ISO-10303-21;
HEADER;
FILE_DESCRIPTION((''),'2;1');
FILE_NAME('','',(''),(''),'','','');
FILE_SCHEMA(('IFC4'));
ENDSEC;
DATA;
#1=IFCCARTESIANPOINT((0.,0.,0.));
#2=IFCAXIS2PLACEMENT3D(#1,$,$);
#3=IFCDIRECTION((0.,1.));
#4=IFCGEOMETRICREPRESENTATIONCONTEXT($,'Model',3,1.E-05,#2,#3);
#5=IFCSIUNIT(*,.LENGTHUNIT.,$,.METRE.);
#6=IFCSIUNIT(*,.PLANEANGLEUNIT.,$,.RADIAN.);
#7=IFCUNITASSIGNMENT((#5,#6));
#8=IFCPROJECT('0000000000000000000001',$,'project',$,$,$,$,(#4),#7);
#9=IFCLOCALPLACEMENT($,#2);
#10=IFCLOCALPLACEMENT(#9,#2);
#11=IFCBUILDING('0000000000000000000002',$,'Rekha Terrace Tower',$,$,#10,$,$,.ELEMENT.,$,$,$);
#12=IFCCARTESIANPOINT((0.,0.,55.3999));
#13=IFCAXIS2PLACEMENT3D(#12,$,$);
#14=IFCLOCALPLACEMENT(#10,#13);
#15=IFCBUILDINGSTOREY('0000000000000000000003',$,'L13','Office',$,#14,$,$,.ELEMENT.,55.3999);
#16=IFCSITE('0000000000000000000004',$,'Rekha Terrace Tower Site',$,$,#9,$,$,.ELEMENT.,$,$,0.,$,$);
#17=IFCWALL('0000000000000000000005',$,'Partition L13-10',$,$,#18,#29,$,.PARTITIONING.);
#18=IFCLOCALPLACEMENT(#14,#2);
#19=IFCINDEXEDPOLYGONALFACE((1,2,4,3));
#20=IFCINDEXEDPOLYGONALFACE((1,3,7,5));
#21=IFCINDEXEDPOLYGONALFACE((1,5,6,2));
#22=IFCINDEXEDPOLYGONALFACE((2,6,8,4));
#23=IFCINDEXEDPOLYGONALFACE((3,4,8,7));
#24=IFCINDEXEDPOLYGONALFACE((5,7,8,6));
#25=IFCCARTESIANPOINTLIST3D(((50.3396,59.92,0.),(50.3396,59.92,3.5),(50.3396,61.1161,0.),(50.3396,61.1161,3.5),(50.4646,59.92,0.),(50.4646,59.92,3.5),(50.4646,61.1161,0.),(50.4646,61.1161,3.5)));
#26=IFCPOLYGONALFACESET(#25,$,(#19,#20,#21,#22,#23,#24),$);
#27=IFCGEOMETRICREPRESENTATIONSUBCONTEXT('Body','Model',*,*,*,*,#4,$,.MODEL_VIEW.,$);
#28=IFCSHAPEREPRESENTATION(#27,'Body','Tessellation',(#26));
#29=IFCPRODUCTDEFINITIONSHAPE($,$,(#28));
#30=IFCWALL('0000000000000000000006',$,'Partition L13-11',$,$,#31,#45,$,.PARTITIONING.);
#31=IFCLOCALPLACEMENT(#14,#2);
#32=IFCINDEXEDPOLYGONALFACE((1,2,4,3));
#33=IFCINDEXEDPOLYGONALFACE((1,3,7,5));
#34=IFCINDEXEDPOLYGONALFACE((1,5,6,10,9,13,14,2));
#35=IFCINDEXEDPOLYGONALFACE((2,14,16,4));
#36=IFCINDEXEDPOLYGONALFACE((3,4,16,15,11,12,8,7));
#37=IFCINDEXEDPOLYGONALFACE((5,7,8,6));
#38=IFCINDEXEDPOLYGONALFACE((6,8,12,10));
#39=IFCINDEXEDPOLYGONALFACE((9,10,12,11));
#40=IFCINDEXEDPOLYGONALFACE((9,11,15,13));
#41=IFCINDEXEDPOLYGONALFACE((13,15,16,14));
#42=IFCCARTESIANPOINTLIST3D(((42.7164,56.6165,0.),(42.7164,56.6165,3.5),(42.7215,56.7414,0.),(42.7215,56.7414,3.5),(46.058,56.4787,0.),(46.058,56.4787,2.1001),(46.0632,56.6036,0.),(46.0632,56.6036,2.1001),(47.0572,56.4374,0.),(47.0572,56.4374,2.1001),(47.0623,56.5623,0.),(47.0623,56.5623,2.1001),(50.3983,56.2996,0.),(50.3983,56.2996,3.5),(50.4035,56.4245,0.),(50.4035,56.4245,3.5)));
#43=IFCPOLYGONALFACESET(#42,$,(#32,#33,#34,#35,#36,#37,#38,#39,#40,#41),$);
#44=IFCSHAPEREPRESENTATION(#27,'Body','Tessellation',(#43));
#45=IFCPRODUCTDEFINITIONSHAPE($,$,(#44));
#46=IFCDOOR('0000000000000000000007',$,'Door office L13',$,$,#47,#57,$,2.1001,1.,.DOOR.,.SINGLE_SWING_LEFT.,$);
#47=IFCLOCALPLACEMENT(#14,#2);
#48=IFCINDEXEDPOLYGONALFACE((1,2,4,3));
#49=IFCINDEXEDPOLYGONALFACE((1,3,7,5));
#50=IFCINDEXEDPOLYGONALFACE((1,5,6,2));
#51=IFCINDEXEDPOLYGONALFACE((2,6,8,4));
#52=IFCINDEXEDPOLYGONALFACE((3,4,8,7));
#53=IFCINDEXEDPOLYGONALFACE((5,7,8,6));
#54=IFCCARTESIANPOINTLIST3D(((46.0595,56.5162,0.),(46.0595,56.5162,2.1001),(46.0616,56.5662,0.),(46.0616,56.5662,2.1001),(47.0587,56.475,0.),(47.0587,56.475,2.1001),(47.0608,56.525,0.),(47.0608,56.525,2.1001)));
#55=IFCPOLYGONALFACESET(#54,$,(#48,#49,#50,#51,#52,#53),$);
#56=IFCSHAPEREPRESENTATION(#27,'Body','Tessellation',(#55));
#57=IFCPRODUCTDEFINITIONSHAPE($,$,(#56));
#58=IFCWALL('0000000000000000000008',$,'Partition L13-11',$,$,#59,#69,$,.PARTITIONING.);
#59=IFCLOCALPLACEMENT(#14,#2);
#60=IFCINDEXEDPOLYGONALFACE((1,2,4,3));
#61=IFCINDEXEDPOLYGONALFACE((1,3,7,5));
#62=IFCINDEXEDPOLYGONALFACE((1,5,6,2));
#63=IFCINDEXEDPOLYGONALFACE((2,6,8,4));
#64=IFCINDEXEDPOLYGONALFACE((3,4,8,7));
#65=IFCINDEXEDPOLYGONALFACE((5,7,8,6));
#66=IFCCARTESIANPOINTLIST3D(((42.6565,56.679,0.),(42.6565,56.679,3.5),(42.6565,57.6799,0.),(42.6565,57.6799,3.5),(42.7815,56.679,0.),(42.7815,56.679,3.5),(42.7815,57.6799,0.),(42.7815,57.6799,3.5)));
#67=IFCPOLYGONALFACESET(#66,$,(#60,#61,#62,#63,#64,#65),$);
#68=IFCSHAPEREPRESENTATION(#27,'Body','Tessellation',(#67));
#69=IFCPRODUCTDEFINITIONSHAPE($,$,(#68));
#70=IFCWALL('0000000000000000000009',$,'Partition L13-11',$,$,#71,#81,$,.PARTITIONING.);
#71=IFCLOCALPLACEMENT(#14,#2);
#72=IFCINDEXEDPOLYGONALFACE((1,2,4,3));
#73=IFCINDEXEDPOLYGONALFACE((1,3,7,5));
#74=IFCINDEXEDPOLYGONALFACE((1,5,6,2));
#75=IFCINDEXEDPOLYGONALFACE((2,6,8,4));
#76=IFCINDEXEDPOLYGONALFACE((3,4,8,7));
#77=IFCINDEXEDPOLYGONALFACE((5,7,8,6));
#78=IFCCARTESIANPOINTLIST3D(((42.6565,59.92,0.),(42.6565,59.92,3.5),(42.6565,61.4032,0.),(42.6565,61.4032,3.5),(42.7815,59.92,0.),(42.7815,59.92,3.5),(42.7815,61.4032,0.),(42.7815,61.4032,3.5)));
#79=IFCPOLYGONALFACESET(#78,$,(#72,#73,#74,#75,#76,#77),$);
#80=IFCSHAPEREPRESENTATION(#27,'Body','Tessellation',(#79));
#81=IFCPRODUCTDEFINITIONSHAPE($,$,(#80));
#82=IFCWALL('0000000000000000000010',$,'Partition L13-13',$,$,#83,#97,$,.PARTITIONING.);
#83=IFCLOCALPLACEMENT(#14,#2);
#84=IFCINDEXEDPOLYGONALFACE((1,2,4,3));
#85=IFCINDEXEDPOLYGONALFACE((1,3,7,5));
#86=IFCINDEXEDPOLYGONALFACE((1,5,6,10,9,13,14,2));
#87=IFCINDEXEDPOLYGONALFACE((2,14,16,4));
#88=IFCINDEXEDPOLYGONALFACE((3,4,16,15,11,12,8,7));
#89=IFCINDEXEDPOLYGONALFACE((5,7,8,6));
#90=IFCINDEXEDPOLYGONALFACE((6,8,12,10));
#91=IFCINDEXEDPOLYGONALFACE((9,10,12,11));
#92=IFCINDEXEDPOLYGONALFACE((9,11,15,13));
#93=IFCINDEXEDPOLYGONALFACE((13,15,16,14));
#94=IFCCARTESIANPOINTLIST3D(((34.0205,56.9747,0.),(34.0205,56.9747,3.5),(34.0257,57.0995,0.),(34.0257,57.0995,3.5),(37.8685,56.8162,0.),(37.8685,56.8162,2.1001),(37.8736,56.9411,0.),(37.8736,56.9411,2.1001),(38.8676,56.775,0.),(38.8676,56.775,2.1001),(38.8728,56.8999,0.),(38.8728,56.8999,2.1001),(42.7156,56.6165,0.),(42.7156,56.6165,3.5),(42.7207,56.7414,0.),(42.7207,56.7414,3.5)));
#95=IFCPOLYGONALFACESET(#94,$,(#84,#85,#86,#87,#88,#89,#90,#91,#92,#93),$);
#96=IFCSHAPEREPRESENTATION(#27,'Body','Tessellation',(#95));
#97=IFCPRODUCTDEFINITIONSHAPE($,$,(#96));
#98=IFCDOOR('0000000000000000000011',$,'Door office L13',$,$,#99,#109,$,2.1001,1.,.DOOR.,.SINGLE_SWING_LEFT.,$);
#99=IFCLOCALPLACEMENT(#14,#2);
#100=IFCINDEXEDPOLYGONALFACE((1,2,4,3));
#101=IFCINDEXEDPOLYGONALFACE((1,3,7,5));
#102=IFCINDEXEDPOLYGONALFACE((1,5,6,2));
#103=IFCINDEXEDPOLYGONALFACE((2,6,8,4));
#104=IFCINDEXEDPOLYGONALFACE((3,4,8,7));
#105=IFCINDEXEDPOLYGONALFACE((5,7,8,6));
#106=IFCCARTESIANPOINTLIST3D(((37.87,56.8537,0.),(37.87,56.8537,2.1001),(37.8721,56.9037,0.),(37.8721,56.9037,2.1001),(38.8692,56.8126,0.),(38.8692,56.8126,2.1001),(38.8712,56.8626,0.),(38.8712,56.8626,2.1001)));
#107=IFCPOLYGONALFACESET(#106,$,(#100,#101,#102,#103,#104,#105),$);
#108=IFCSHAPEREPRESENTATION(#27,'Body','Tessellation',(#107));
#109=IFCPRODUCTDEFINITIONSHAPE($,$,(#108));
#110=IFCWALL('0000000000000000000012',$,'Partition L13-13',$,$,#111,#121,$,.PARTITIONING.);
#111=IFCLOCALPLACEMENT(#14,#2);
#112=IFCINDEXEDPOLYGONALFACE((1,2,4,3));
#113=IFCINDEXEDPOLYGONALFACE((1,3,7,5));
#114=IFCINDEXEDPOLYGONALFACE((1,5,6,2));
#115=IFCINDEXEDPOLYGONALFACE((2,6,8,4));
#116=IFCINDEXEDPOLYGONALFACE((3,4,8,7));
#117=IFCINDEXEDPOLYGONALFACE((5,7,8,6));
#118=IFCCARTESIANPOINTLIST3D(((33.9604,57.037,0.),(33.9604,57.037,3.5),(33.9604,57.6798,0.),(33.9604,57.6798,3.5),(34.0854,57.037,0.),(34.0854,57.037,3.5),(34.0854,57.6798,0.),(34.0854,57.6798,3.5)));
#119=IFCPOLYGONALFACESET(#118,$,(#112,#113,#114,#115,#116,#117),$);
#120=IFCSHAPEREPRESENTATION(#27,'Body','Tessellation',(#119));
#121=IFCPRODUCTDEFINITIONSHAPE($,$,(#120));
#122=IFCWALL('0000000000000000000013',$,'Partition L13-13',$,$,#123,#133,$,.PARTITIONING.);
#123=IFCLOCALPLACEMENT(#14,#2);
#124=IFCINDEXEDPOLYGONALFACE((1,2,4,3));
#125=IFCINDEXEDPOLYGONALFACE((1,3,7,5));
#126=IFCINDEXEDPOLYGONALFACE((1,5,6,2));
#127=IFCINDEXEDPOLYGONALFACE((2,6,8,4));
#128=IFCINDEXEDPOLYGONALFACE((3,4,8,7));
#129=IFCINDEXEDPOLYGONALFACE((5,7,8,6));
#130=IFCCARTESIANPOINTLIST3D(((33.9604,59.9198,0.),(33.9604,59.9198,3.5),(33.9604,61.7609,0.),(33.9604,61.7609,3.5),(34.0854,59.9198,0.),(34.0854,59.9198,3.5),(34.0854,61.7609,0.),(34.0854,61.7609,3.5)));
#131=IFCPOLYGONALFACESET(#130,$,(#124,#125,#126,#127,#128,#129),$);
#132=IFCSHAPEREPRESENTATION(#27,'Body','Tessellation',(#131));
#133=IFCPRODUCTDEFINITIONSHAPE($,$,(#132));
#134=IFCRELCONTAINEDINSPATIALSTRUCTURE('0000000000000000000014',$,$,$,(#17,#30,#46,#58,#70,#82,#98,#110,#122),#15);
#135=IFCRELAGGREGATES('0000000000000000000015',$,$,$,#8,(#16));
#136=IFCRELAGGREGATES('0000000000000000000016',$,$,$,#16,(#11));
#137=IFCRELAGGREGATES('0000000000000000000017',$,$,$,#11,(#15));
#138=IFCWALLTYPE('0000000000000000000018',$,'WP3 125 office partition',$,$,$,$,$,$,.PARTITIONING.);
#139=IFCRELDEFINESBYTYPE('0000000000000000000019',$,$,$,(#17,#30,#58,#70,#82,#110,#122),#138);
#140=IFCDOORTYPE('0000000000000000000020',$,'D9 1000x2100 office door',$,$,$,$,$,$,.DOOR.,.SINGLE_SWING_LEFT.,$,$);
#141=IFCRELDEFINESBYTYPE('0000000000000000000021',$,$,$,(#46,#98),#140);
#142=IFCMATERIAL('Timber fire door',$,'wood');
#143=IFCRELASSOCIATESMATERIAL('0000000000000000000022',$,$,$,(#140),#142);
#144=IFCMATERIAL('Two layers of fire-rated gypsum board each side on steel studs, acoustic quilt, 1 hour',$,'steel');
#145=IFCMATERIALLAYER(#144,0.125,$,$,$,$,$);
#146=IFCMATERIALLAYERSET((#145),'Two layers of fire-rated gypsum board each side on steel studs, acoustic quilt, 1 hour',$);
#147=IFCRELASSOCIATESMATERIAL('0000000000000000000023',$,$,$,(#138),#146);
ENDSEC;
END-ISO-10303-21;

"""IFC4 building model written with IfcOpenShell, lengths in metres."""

from ifc_helpers import new_model, si_unit, direction, frame, frame_2d, origin, place, context, subcontext, project, spatial, rectangle, extrude, material, layer, layer_set, type_object, element, fill, save


model = new_model("IFC4")

# Units and contexts
model_context = context("Model", 3, precision=1e-05, world=origin(), true_north=direction((0.0, 1.0)))
body_context = subcontext(model_context, "Body", "Model", "MODEL_VIEW")
ifc_project = project(units=[si_unit("LENGTHUNIT", "METRE"), si_unit("PLANEANGLEUNIT", "RADIAN")], contexts=[model_context])

# Site, building, storey
site_placement = place(None, origin())
site = spatial("IfcSite", under=ifc_project, at=site_placement, Name="Rekha Terrace Tower Site", CompositionType="ELEMENT", RefElevation=0.0)
building_placement = place(site_placement, origin())
building = spatial("IfcBuilding", under=site, at=building_placement, Name="Rekha Terrace Tower", CompositionType="ELEMENT")
storey_placement = place(building_placement, frame((0.0, 0.0, 55.3999)))
storey = spatial("IfcBuildingStorey", under=building, at=storey_placement, Name="L13", Description="Office", CompositionType="ELEMENT", Elevation=55.3999)

# Shared definitions
ifc_material_1 = material(Name="Timber fire door", Category="wood")
door_type_1 = type_object("IfcDoorType", Name="D9 1000x2100 office door", OperationType="SINGLE_SWING_LEFT", PredefinedType="DOOR", material=ifc_material_1)

# Wall
ifc_material_2 = material(Name="Two layers of fire-rated gypsum board each side on steel studs, acoustic quilt, 1 hour", Category="steel")
ifc_layer_1 = layer(ifc_material_2, 0.125)
ifc_layer_set_1 = layer_set([ifc_layer_1], Name="Two layers of fire-rated gypsum board each side on steel studs, acoustic quilt, 1 hour")
wall_type_1 = type_object("IfcWallType", Name="WP3 125 office partition", PredefinedType="PARTITIONING", material=ifc_layer_set_1)
wall_1_placement = place(storey_placement, frame((50.4021, 59.9199, 0.0), z_axis=(0.0, 0.0, 1.0), x_axis=(0.0, 1.0, 0.0)))
element("IfcWall", 1, at=wall_1_placement, inside=storey, type_object=wall_type_1, Name="Partition L13-10", PredefinedType="PARTITIONING", context=body_context, shape_type="SweptSolid", body=[
    extrude(rectangle(XDim=1.196, YDim=0.125, at=frame_2d((0.5981, 0.0))), origin(), (0.0, 0.0, 1.0), 3.5),
])

# Wall, opening, door
wall_2_placement = place(storey_placement, frame((50.4009, 56.3621, 0.0), z_axis=(0.0, 0.0, 1.0), x_axis=(-0.99915, 0.041217, 0.0)))
wall_2 = element("IfcWall", 2, at=wall_2_placement, inside=storey, type_object=wall_type_1, Name="Partition L13-11", PredefinedType="PARTITIONING", context=body_context, shape_type="SweptSolid", body=[
    extrude(rectangle(XDim=7.6885, YDim=0.125, at=frame_2d((3.8442, 0.0))), origin(), (0.0, 0.0, 1.0), 3.5),
])
opening_1_placement = place(wall_2_placement, frame((3.344, 0.0, 0.0)))
opening_1 = element("IfcOpeningElement", 3, at=opening_1_placement, cuts=wall_2, PredefinedType="OPENING", context=body_context, shape_type="SweptSolid", body=[
    extrude(rectangle(XDim=1.0, YDim=2.1001, at=frame_2d((0.5, 1.05))), frame((0.0, 0.0725, 0.0), z_axis=(0.0, -1.0, 0.0), x_axis=(1.0, 0.0, 0.0)), (0.0, 0.0, 1.0), 0.145),
])
door_1_placement = place(opening_1_placement, origin())
door_1 = element("IfcDoor", 4, at=door_1_placement, inside=storey, type_object=door_type_1, Name="Door office L13", OperationType="SINGLE_SWING_LEFT", OverallHeight=2.1001, OverallWidth=1.0, PredefinedType="DOOR", context=body_context, shape_type="SweptSolid", body=[
    extrude(rectangle(XDim=1.0, YDim=2.1001, at=frame_2d((0.5, 1.05))), frame((0.0, 0.0249, 0.0), z_axis=(0.0, -1.0, 0.0), x_axis=(1.0, 0.0, 0.0)), (0.0, 0.0, 1.0), 0.05),
])
fill(opening_1, door_1)

# Walls
wall_3_placement = place(storey_placement, frame((42.719, 56.679, 0.0), z_axis=(0.0, 0.0, 1.0), x_axis=(0.0, 1.0, 0.0)))
element("IfcWall", 5, at=wall_3_placement, inside=storey, type_object=wall_type_1, Name="Partition L13-11", PredefinedType="PARTITIONING", context=body_context, shape_type="SweptSolid", body=[
    extrude(rectangle(XDim=1.001, YDim=0.125, at=frame_2d((0.5005, 0.0))), origin(), (0.0, 0.0, 1.0), 3.5),
])
wall_4_placement = place(storey_placement, frame((42.719, 59.9199, 0.0), z_axis=(0.0, 0.0, 1.0), x_axis=(0.0, 1.0, 0.0)))
element("IfcWall", 6, at=wall_4_placement, inside=storey, type_object=wall_type_1, Name="Partition L13-11", PredefinedType="PARTITIONING", context=body_context, shape_type="SweptSolid", body=[
    extrude(rectangle(XDim=1.4832, YDim=0.125, at=frame_2d((0.7417, 0.0))), origin(), (0.0, 0.0, 1.0), 3.5),
])

# Wall, opening, door
wall_5_placement = place(storey_placement, frame((42.718, 56.679, 0.0), z_axis=(0.0, 0.0, 1.0), x_axis=(-0.999153, 0.041156, 0.0)))
wall_5 = element("IfcWall", 7, at=wall_5_placement, inside=storey, type_object=wall_type_1, Name="Partition L13-13", PredefinedType="PARTITIONING", context=body_context, shape_type="SweptSolid", body=[
    extrude(rectangle(XDim=8.7024, YDim=0.125, at=frame_2d((4.3511, 0.0))), origin(), (0.0, 0.0, 1.0), 3.5),
])
opening_2_placement = place(wall_5_placement, frame((3.8511, 0.0, 0.0)))
opening_2 = element("IfcOpeningElement", 8, at=opening_2_placement, cuts=wall_5, PredefinedType="OPENING", context=body_context, shape_type="SweptSolid", body=[
    extrude(rectangle(XDim=1.0, YDim=2.1001, at=frame_2d((0.5, 1.05))), frame((0.0, 0.0725, 0.0), z_axis=(0.0, -1.0, 0.0), x_axis=(1.0, 0.0, 0.0)), (0.0, 0.0, 1.0), 0.145),
])
door_2_placement = place(opening_2_placement, origin())
door_2 = element("IfcDoor", 9, at=door_2_placement, inside=storey, type_object=door_type_1, Name="Door office L13", OperationType="SINGLE_SWING_LEFT", OverallHeight=2.1001, OverallWidth=1.0, PredefinedType="DOOR", context=body_context, shape_type="SweptSolid", body=[
    extrude(rectangle(XDim=1.0, YDim=2.1001, at=frame_2d((0.5, 1.05))), frame((0.0, 0.0249, 0.0), z_axis=(0.0, -1.0, 0.0), x_axis=(1.0, 0.0, 0.0)), (0.0, 0.0, 1.0), 0.05),
])
fill(opening_2, door_2)

# Walls
wall_6_placement = place(storey_placement, frame((34.0229, 57.0371, 0.0), z_axis=(0.0, 0.0, 1.0), x_axis=(0.0, 1.0, 0.0)))
element("IfcWall", 10, at=wall_6_placement, inside=storey, type_object=wall_type_1, Name="Partition L13-13", PredefinedType="PARTITIONING", context=body_context, shape_type="SweptSolid", body=[
    extrude(rectangle(XDim=0.6428, YDim=0.125, at=frame_2d((0.3213, 0.0))), origin(), (0.0, 0.0, 1.0), 3.5),
])
wall_7_placement = place(storey_placement, frame((34.0229, 59.9199, 0.0), z_axis=(0.0, 0.0, 1.0), x_axis=(0.0, 1.0, 0.0)))
element("IfcWall", 11, at=wall_7_placement, inside=storey, type_object=wall_type_1, Name="Partition L13-13", PredefinedType="PARTITIONING", context=body_context, shape_type="SweptSolid", body=[
    extrude(rectangle(XDim=1.8411, YDim=0.125, at=frame_2d((0.9204, 0.0))), origin(), (0.0, 0.0, 1.0), 3.5),
])

save(model, "model.ifc")
